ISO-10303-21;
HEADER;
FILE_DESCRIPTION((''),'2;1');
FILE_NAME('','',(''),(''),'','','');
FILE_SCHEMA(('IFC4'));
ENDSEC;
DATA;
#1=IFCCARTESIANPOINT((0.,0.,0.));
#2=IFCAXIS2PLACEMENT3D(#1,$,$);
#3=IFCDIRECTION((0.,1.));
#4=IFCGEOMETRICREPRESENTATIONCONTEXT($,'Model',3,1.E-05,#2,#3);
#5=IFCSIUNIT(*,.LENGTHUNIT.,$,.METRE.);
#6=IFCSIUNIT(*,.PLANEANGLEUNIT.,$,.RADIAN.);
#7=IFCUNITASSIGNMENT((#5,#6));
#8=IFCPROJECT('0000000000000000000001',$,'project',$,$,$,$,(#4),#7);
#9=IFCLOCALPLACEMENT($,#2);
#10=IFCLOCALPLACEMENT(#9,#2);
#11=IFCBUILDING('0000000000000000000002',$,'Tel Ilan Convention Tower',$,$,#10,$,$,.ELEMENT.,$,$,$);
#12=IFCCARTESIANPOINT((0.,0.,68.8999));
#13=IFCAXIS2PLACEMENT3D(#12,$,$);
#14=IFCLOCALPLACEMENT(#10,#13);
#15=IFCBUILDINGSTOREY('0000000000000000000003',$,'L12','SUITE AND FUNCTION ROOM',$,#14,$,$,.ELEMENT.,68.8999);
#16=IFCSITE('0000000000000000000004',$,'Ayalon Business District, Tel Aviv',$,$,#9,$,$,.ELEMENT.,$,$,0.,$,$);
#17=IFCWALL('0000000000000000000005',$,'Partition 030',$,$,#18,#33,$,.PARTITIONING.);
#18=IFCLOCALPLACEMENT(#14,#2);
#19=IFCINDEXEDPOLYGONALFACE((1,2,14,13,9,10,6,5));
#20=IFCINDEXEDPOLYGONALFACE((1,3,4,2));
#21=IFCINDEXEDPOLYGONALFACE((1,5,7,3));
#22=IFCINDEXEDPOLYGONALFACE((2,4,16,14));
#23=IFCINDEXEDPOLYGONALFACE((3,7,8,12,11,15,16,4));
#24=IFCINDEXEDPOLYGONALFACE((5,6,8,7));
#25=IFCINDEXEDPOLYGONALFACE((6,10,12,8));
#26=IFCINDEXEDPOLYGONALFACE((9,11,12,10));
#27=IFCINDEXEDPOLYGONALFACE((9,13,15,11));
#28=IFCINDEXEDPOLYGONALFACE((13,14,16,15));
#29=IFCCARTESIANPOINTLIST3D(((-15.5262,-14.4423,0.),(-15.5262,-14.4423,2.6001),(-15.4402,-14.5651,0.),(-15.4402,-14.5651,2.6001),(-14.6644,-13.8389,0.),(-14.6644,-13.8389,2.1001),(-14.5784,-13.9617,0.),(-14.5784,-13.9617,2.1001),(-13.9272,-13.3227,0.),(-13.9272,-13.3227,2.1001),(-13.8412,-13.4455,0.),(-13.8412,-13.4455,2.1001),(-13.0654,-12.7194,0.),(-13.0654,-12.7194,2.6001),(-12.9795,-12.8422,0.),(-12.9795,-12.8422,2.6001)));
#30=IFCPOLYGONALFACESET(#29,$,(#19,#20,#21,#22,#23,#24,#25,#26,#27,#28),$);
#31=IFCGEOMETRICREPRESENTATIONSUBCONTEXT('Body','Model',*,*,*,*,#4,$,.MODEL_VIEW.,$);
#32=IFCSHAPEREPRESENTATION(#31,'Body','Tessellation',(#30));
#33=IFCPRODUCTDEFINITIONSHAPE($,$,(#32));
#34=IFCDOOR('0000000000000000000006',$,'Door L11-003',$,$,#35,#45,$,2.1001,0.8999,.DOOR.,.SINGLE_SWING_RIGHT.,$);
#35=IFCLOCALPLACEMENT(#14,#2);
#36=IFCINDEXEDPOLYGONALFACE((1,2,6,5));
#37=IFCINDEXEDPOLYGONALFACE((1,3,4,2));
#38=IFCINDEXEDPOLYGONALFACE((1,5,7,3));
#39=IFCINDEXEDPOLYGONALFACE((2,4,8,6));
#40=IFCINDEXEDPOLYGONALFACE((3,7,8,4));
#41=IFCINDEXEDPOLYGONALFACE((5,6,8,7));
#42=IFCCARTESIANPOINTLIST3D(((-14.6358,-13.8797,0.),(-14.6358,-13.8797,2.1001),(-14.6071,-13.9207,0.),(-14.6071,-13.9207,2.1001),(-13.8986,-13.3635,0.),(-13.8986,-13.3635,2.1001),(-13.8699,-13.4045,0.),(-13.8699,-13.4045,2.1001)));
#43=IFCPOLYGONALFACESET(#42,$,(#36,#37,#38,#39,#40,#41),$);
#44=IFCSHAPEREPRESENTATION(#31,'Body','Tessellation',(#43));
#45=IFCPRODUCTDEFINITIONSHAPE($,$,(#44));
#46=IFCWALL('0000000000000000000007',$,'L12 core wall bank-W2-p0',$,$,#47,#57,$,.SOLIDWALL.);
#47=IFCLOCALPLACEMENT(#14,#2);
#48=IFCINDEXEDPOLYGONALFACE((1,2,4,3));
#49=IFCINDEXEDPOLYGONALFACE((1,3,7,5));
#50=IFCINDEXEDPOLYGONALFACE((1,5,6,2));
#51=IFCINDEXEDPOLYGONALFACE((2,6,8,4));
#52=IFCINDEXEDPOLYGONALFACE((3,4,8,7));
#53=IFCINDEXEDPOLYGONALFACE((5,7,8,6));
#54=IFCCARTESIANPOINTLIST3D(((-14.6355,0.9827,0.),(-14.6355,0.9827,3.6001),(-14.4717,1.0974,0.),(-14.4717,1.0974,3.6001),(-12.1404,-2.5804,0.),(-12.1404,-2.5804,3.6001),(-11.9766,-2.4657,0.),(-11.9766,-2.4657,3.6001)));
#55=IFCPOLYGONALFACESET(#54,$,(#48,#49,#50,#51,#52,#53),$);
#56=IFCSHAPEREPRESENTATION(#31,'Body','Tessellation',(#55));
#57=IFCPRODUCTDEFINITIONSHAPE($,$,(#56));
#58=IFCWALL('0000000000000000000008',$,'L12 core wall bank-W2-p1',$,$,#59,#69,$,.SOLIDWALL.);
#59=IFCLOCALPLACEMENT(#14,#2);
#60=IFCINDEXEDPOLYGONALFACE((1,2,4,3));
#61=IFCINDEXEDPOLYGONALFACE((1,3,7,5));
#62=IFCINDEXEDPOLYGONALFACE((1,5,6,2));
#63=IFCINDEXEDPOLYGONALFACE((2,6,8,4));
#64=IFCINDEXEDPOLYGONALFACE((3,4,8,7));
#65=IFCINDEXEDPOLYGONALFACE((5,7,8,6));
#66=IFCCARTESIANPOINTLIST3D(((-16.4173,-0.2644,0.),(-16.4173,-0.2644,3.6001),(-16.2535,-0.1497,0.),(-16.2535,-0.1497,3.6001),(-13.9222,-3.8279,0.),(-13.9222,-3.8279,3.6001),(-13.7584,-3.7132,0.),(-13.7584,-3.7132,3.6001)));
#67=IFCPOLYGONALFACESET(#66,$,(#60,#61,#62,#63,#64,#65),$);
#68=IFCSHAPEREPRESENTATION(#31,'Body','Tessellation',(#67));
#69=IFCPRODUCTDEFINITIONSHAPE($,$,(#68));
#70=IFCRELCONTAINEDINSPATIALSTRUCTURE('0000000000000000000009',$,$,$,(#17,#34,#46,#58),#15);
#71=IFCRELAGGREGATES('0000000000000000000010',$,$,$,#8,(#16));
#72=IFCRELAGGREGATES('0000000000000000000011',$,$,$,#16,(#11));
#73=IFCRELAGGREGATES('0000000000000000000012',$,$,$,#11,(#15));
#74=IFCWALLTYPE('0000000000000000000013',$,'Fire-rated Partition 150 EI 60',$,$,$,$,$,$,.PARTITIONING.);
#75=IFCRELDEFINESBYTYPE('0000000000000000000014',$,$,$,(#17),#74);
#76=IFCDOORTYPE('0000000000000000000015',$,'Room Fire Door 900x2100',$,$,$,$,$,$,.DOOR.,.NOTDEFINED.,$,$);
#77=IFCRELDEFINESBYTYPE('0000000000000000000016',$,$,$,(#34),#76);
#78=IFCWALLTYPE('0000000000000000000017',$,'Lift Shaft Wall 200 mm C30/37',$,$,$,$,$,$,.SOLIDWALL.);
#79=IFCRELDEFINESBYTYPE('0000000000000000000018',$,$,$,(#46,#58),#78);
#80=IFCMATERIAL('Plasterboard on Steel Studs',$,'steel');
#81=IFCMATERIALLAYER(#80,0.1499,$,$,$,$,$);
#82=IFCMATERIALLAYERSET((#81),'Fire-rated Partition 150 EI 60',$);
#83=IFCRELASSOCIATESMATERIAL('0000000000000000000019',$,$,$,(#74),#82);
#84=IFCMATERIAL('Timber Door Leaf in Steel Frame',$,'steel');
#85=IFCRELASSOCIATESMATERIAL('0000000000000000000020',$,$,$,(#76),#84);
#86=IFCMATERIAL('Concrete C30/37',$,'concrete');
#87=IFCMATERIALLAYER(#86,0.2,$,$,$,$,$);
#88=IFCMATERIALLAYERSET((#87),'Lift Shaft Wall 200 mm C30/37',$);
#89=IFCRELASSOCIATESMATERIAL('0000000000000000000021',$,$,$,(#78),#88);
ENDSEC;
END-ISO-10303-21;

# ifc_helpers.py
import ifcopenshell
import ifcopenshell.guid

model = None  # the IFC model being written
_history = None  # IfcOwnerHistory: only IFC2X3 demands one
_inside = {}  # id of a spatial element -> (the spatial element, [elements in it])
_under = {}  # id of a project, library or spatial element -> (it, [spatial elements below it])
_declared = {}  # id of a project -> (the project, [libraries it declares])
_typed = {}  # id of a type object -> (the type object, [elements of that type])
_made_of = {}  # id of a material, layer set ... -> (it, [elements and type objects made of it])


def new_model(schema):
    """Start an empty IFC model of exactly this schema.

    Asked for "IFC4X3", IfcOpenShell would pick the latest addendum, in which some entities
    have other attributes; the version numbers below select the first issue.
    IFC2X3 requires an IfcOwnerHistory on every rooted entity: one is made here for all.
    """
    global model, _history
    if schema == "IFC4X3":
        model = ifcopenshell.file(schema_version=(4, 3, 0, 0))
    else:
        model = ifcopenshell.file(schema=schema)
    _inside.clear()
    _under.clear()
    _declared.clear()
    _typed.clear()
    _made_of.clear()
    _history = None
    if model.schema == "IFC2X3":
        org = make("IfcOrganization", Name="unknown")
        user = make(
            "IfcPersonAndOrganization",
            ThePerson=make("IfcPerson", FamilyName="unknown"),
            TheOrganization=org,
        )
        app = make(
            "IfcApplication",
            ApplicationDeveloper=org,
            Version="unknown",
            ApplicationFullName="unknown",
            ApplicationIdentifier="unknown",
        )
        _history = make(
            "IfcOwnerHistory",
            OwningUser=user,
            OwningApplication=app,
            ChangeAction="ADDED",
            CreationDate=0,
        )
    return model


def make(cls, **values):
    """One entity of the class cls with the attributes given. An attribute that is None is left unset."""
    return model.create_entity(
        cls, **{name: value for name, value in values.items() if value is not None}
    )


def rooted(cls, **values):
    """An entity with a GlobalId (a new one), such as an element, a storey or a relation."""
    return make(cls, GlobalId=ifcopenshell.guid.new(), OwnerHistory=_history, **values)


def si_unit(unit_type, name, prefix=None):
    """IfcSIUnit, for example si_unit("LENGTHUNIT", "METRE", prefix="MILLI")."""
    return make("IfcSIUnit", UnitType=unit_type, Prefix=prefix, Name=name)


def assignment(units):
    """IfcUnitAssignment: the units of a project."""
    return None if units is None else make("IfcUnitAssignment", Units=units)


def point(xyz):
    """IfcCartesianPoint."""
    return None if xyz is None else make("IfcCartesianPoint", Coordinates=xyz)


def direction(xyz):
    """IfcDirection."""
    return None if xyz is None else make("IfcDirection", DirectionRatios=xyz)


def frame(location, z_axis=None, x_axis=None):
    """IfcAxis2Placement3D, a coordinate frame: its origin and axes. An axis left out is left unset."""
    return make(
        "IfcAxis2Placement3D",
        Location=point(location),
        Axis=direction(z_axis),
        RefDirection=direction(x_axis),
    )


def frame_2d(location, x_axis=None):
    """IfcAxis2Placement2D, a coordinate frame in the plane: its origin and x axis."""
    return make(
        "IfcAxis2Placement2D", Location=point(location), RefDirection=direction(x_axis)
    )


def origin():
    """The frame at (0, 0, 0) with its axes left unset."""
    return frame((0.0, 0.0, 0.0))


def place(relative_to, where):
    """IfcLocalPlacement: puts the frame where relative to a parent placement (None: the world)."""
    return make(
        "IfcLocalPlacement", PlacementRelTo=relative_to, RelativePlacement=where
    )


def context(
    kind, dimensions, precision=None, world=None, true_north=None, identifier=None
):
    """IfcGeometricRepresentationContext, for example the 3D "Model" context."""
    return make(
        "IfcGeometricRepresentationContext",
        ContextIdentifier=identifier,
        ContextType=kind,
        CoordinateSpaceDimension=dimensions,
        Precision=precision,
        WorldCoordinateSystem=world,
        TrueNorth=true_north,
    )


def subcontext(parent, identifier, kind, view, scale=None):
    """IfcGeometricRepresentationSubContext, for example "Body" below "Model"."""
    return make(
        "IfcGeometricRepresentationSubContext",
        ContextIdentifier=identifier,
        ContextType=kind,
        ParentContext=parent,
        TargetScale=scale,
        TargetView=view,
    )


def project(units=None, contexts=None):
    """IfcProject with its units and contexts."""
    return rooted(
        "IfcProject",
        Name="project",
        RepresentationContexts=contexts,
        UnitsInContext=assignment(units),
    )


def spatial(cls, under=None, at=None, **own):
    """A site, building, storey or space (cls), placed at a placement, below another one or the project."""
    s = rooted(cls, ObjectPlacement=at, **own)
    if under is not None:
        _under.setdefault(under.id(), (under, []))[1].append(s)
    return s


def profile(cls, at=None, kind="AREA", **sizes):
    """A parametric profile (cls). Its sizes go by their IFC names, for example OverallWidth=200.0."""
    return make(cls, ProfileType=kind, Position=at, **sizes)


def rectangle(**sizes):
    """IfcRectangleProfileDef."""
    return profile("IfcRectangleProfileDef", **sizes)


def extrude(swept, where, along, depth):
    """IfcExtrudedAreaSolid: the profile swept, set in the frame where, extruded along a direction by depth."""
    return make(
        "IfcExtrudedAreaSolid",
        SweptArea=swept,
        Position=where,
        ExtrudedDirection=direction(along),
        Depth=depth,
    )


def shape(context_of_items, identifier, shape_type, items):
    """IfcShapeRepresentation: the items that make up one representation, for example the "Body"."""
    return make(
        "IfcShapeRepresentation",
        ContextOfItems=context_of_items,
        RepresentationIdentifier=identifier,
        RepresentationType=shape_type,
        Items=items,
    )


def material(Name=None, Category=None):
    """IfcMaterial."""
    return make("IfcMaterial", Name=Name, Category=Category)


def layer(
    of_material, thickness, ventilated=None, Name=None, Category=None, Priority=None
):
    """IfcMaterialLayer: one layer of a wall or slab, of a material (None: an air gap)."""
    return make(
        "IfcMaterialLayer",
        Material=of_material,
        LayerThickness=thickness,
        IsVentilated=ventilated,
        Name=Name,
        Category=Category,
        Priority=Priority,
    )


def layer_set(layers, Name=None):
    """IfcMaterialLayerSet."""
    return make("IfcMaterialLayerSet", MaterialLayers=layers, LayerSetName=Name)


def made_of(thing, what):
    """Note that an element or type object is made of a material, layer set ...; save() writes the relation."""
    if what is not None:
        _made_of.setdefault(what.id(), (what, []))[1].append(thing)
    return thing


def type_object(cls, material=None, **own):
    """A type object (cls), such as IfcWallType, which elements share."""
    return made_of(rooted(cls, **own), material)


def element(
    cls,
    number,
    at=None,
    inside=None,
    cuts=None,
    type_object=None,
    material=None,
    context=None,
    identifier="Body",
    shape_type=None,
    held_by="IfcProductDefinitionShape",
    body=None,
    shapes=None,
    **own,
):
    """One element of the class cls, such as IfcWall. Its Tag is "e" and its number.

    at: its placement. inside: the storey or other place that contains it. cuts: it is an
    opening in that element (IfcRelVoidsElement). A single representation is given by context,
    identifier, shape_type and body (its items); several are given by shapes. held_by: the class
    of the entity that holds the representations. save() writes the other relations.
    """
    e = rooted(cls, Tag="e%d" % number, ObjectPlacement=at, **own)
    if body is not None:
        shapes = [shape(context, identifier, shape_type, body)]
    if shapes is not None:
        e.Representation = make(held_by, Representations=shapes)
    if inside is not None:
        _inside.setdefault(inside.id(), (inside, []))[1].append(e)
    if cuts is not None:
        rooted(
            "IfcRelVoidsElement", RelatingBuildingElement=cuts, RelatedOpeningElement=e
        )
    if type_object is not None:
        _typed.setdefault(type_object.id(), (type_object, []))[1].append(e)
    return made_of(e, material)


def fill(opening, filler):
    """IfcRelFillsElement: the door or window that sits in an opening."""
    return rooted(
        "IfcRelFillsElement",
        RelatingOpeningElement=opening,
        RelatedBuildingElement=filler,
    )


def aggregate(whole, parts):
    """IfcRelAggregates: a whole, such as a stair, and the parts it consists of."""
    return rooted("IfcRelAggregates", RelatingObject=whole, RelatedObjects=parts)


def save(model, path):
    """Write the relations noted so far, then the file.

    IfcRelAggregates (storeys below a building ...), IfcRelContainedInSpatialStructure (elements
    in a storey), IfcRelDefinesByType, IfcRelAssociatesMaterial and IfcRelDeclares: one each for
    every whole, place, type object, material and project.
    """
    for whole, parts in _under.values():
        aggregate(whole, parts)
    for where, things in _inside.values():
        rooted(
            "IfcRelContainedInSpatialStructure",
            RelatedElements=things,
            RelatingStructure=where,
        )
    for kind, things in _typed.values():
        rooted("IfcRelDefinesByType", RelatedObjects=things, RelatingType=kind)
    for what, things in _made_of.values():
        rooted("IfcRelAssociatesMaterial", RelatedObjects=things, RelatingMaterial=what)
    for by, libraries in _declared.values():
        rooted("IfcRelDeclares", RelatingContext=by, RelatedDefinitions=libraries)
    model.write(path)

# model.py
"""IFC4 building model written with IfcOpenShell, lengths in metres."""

from ifc_helpers import new_model, si_unit, direction, frame, frame_2d, origin, place, context, subcontext, project, spatial, rectangle, extrude, material, layer, layer_set, type_object, element, fill, save


model = new_model("IFC4")

# Units and contexts
model_context = context("Model", 3, precision=1e-05, world=origin(), true_north=direction((0.0, 1.0)))
body_context = subcontext(model_context, "Body", "Model", "MODEL_VIEW")
ifc_project = project(units=[si_unit("LENGTHUNIT", "METRE"), si_unit("PLANEANGLEUNIT", "RADIAN")], contexts=[model_context])

# Site, building, storey
site_placement = place(None, origin())
site = spatial("IfcSite", under=ifc_project, at=site_placement, Name="Ayalon Business District, Tel Aviv", CompositionType="ELEMENT", RefElevation=0.0)
building_placement = place(site_placement, origin())
building = spatial("IfcBuilding", under=site, at=building_placement, Name="Tel Ilan Convention Tower", CompositionType="ELEMENT")
storey_placement = place(building_placement, frame((0.0, 0.0, 68.8999)))
storey = spatial("IfcBuildingStorey", under=building, at=storey_placement, Name="L12", Description="SUITE AND FUNCTION ROOM", CompositionType="ELEMENT", Elevation=68.8999)

# Shared definitions
ifc_material_1 = material(Name="Plasterboard on Steel Studs", Category="steel")
ifc_layer_1 = layer(ifc_material_1, 0.1499)
ifc_layer_set_1 = layer_set([ifc_layer_1], Name="Fire-rated Partition 150 EI 60")
wall_type_1 = type_object("IfcWallType", Name="Fire-rated Partition 150 EI 60", PredefinedType="PARTITIONING", material=ifc_layer_set_1)

# Wall, opening, door
wall_1_placement = place(storey_placement, frame((-13.0225, -12.7808, 0.0), z_axis=(0.0, 0.0, 1.0), x_axis=(-0.819167, -0.573555, 0.0)))
wall_1 = element("IfcWall", 1, at=wall_1_placement, inside=storey, type_object=wall_type_1, Name="Partition 030", PredefinedType="PARTITIONING", context=body_context, shape_type="SweptSolid", body=[
    extrude(rectangle(XDim=3.0039, YDim=0.1499, at=frame_2d((1.502, 0.0))), origin(), (0.0, 0.0, 1.0), 2.6001),
])
opening_1_placement = place(wall_1_placement, frame((1.052, 0.0, 0.0)))
opening_1 = element("IfcOpeningElement", 2, at=opening_1_placement, cuts=wall_1, PredefinedType="OPENING", context=body_context, shape_type="SweptSolid", body=[
    extrude(rectangle(XDim=0.8999, YDim=2.1001, at=frame_2d((0.45, 1.05))), frame((0.0, 0.085, 0.0), z_axis=(0.0, -1.0, 0.0), x_axis=(1.0, 0.0, 0.0)), (0.0, 0.0, 1.0), 0.1699),
])
ifc_material_2 = material(Name="Timber Door Leaf in Steel Frame", Category="steel")
door_type_1 = type_object("IfcDoorType", Name="Room Fire Door 900x2100", OperationType="NOTDEFINED", PredefinedType="DOOR", material=ifc_material_2)
door_1_placement = place(opening_1_placement, origin())
door_1 = element("IfcDoor", 3, at=door_1_placement, inside=storey, type_object=door_type_1, Name="Door L11-003", OperationType="SINGLE_SWING_RIGHT", OverallHeight=2.1001, OverallWidth=0.8999, PredefinedType="DOOR", context=body_context, shape_type="SweptSolid", body=[
    extrude(rectangle(XDim=0.8999, YDim=2.1001, at=frame_2d((0.45, 1.05))), frame((0.0, 0.0249, 0.0), z_axis=(0.0, -1.0, 0.0), x_axis=(1.0, 0.0, 0.0)), (0.0, 0.0, 1.0), 0.05),
])
fill(opening_1, door_1)

# Walls
ifc_material_3 = material(Name="Concrete C30/37", Category="concrete")
ifc_layer_2 = layer(ifc_material_3, 0.2)
ifc_layer_set_2 = layer_set([ifc_layer_2], Name="Lift Shaft Wall 200 mm C30/37")
wall_type_2 = type_object("IfcWallType", Name="Lift Shaft Wall 200 mm C30/37", PredefinedType="SOLIDWALL", material=ifc_layer_set_2)
wall_2_placement = place(storey_placement, frame((-12.0586, -2.5229, 0.0), z_axis=(0.0, 0.0, 1.0), x_axis=(-0.573594, 0.81914, 0.0)))
element("IfcWall", 4, at=wall_2_placement, inside=storey, type_object=wall_type_2, Name="L12 core wall bank-W2-p0", PredefinedType="SOLIDWALL", context=body_context, shape_type="SweptSolid", body=[
    extrude(rectangle(XDim=4.3499, YDim=0.2, at=frame_2d((2.1748, 0.0))), origin(), (0.0, 0.0, 1.0), 3.6001),
])
wall_3_placement = place(storey_placement, frame((-13.8403, -3.7705, 0.0), z_axis=(0.0, 0.0, 1.0), x_axis=(-0.573568, 0.819158, 0.0)))
element("IfcWall", 5, at=wall_3_placement, inside=storey, type_object=wall_type_2, Name="L12 core wall bank-W2-p1", PredefinedType="SOLIDWALL", context=body_context, shape_type="SweptSolid", body=[
    extrude(rectangle(XDim=4.3501, YDim=0.2, at=frame_2d((2.175, 0.0))), origin(), (0.0, 0.0, 1.0), 3.6001),
])

save(model, "model.ifc")
